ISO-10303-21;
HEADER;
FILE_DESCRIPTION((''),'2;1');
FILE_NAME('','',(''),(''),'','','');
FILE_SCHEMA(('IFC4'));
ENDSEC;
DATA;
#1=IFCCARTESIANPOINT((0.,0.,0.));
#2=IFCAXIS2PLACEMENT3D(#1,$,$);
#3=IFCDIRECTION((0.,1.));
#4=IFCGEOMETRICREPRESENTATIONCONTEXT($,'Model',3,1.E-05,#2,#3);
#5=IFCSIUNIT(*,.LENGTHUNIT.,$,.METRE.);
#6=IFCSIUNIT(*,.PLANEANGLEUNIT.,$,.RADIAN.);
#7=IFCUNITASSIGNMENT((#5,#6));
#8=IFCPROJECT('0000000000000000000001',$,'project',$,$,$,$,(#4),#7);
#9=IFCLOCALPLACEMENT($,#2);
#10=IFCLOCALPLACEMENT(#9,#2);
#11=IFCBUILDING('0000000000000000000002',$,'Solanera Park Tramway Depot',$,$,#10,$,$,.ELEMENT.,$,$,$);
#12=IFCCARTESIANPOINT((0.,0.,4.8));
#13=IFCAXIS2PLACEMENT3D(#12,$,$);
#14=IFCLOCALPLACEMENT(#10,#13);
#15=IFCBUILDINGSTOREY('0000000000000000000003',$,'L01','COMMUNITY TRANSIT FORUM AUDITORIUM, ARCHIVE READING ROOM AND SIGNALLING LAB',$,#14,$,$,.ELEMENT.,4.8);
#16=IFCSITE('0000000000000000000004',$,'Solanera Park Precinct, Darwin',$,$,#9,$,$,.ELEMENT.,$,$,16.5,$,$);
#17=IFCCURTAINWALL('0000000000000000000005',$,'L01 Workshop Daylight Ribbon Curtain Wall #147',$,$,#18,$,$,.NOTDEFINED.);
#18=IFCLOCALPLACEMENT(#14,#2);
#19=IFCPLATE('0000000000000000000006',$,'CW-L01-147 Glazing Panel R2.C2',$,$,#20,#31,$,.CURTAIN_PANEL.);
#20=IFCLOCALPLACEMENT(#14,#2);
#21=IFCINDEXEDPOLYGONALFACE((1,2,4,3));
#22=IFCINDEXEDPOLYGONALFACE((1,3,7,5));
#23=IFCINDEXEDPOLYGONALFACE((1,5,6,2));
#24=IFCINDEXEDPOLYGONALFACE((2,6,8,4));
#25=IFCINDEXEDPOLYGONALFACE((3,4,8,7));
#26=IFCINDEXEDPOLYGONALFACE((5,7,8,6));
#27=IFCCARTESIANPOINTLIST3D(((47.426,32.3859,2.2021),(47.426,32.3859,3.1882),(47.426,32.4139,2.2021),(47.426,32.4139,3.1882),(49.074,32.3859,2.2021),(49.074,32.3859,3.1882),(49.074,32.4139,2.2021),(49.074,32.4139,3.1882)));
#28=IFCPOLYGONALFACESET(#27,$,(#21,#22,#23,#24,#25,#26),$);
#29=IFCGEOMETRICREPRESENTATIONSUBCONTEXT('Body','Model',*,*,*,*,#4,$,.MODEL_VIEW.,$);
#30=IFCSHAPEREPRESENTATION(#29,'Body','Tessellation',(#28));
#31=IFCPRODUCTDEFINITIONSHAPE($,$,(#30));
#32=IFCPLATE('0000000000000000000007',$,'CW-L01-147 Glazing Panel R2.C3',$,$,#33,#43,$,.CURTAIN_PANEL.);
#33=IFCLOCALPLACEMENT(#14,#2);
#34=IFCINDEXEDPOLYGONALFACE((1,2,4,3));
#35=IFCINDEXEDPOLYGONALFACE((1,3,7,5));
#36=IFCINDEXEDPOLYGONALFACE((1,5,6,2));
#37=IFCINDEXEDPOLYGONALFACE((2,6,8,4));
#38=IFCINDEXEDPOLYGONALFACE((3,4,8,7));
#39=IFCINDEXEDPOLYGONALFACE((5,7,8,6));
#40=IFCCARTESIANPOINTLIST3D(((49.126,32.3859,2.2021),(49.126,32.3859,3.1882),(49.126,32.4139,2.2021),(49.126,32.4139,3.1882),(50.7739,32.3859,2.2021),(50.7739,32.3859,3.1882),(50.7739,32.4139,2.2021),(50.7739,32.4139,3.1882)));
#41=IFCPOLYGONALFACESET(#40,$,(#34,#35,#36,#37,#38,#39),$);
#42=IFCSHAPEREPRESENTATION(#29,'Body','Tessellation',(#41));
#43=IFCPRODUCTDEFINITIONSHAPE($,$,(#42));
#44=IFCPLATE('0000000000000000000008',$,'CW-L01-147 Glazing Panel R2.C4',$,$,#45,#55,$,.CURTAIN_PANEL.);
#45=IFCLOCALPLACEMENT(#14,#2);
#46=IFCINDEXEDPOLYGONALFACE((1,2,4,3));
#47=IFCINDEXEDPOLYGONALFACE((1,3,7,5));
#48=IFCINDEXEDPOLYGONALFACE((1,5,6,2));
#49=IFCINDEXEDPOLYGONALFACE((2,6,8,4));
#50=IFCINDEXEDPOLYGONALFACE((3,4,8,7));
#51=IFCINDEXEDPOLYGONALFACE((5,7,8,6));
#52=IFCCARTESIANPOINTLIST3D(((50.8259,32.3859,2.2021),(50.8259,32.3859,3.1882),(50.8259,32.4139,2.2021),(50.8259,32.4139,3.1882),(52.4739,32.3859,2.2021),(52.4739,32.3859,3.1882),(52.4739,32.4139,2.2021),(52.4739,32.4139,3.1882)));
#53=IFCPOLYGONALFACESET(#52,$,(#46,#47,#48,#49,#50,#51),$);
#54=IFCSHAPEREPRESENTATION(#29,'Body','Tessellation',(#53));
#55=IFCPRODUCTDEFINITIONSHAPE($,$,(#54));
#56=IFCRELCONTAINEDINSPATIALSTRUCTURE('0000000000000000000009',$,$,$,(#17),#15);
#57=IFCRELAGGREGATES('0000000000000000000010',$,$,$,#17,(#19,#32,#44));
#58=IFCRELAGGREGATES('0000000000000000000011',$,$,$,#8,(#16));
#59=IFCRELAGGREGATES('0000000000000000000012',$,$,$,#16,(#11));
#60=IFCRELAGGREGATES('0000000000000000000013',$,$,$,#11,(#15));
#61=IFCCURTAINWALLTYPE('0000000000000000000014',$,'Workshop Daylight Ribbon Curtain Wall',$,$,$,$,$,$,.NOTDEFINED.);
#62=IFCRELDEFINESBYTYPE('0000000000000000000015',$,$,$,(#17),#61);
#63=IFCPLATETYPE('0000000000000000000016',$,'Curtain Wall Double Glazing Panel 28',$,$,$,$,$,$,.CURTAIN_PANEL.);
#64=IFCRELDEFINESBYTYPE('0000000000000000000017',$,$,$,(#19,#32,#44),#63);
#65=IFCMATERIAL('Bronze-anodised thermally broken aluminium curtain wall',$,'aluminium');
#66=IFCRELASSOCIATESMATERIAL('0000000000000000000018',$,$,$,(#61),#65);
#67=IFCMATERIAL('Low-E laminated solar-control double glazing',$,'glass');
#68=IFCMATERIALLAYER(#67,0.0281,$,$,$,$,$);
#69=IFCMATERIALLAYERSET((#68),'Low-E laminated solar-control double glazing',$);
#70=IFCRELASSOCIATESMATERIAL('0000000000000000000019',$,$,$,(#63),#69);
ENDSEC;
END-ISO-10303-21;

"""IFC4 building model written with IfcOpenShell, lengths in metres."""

from ifc_helpers import new_model, si_unit, direction, frame, origin, origin_2d, place, context, subcontext, project, spatial, rectangle, extrude, material, layer, layer_set, type_object, element, aggregate, save


model = new_model("IFC4")

# Units and contexts
model_context = context("Model", 3, precision=1e-05, world=origin(), true_north=direction((0.0, 1.0)))
body_context = subcontext(model_context, "Body", "Model", "MODEL_VIEW")
ifc_project = project(units=[si_unit("LENGTHUNIT", "METRE"), si_unit("PLANEANGLEUNIT", "RADIAN")], contexts=[model_context])

# Site, building, storey
site_placement = place(None, origin())
site = spatial("IfcSite", under=ifc_project, at=site_placement, Name="Solanera Park Precinct, Darwin", CompositionType="ELEMENT", RefElevation=16.5)
building_placement = place(site_placement, origin())
building = spatial("IfcBuilding", under=site, at=building_placement, Name="Solanera Park Tramway Depot", CompositionType="ELEMENT")
storey_placement = place(building_placement, frame((0.0, 0.0, 4.8)))
storey = spatial("IfcBuildingStorey", under=building, at=storey_placement, Name="L01", Description="COMMUNITY TRANSIT FORUM AUDITORIUM, ARCHIVE READING ROOM AND SIGNALLING LAB", CompositionType="ELEMENT", Elevation=4.8)

# Shared definitions
ifc_material_1 = material(Name="Bronze-anodised thermally broken aluminium curtain wall", Category="aluminium")
curtain_wall_type = type_object("IfcCurtainWallType", Name="Workshop Daylight Ribbon Curtain Wall", PredefinedType="NOTDEFINED", material=ifc_material_1)

# Curtain wall
curtain_wall_1_placement = place(storey_placement, origin())
curtain_wall_1 = element("IfcCurtainWall", 1, at=curtain_wall_1_placement, inside=storey, type_object=curtain_wall_type, Name="L01 Workshop Daylight Ribbon Curtain Wall #147", PredefinedType="NOTDEFINED")

# Plates
ifc_material_2 = material(Name="Low-E laminated solar-control double glazing", Category="glass")
ifc_layer = layer(ifc_material_2, 0.0281)
ifc_layer_set = layer_set([ifc_layer], Name="Low-E laminated solar-control double glazing")
plate_type = type_object("IfcPlateType", Name="Curtain Wall Double Glazing Panel 28", PredefinedType="CURTAIN_PANEL", material=ifc_layer_set)
plate_1_placement = place(storey_placement, frame((48.25, 32.3999, 2.2021), z_axis=(0.0, 0.0, 1.0), x_axis=(1.0, 0.0, 0.0)))
plate_1 = element("IfcPlate", 2, at=plate_1_placement, type_object=plate_type, Name="CW-L01-147 Glazing Panel R2.C2", PredefinedType="CURTAIN_PANEL", context=body_context, shape_type="SweptSolid", body=[
    extrude(rectangle(XDim=1.6479, YDim=0.0281, at=origin_2d()), origin(), (0.0, 0.0, 1.0), 0.9861),
])
plate_2_placement = place(storey_placement, frame((49.95, 32.3999, 2.2021), z_axis=(0.0, 0.0, 1.0), x_axis=(1.0, 0.0, 0.0)))
plate_2 = element("IfcPlate", 3, at=plate_2_placement, type_object=plate_type, Name="CW-L01-147 Glazing Panel R2.C3", PredefinedType="CURTAIN_PANEL", context=body_context, shape_type="SweptSolid", body=[
    extrude(rectangle(XDim=1.6479, YDim=0.0281, at=origin_2d()), origin(), (0.0, 0.0, 1.0), 0.9861),
])
plate_3_placement = place(storey_placement, frame((51.6499, 32.3999, 2.2021), z_axis=(0.0, 0.0, 1.0), x_axis=(1.0, 0.0, 0.0)))
plate_3 = element("IfcPlate", 4, at=plate_3_placement, type_object=plate_type, Name="CW-L01-147 Glazing Panel R2.C4", PredefinedType="CURTAIN_PANEL", context=body_context, shape_type="SweptSolid", body=[
    extrude(rectangle(XDim=1.6479, YDim=0.0281, at=origin_2d()), origin(), (0.0, 0.0, 1.0), 0.9861),
])
aggregate(curtain_wall_1, [plate_1, plate_2, plate_3])

save(model, "model.ifc")
